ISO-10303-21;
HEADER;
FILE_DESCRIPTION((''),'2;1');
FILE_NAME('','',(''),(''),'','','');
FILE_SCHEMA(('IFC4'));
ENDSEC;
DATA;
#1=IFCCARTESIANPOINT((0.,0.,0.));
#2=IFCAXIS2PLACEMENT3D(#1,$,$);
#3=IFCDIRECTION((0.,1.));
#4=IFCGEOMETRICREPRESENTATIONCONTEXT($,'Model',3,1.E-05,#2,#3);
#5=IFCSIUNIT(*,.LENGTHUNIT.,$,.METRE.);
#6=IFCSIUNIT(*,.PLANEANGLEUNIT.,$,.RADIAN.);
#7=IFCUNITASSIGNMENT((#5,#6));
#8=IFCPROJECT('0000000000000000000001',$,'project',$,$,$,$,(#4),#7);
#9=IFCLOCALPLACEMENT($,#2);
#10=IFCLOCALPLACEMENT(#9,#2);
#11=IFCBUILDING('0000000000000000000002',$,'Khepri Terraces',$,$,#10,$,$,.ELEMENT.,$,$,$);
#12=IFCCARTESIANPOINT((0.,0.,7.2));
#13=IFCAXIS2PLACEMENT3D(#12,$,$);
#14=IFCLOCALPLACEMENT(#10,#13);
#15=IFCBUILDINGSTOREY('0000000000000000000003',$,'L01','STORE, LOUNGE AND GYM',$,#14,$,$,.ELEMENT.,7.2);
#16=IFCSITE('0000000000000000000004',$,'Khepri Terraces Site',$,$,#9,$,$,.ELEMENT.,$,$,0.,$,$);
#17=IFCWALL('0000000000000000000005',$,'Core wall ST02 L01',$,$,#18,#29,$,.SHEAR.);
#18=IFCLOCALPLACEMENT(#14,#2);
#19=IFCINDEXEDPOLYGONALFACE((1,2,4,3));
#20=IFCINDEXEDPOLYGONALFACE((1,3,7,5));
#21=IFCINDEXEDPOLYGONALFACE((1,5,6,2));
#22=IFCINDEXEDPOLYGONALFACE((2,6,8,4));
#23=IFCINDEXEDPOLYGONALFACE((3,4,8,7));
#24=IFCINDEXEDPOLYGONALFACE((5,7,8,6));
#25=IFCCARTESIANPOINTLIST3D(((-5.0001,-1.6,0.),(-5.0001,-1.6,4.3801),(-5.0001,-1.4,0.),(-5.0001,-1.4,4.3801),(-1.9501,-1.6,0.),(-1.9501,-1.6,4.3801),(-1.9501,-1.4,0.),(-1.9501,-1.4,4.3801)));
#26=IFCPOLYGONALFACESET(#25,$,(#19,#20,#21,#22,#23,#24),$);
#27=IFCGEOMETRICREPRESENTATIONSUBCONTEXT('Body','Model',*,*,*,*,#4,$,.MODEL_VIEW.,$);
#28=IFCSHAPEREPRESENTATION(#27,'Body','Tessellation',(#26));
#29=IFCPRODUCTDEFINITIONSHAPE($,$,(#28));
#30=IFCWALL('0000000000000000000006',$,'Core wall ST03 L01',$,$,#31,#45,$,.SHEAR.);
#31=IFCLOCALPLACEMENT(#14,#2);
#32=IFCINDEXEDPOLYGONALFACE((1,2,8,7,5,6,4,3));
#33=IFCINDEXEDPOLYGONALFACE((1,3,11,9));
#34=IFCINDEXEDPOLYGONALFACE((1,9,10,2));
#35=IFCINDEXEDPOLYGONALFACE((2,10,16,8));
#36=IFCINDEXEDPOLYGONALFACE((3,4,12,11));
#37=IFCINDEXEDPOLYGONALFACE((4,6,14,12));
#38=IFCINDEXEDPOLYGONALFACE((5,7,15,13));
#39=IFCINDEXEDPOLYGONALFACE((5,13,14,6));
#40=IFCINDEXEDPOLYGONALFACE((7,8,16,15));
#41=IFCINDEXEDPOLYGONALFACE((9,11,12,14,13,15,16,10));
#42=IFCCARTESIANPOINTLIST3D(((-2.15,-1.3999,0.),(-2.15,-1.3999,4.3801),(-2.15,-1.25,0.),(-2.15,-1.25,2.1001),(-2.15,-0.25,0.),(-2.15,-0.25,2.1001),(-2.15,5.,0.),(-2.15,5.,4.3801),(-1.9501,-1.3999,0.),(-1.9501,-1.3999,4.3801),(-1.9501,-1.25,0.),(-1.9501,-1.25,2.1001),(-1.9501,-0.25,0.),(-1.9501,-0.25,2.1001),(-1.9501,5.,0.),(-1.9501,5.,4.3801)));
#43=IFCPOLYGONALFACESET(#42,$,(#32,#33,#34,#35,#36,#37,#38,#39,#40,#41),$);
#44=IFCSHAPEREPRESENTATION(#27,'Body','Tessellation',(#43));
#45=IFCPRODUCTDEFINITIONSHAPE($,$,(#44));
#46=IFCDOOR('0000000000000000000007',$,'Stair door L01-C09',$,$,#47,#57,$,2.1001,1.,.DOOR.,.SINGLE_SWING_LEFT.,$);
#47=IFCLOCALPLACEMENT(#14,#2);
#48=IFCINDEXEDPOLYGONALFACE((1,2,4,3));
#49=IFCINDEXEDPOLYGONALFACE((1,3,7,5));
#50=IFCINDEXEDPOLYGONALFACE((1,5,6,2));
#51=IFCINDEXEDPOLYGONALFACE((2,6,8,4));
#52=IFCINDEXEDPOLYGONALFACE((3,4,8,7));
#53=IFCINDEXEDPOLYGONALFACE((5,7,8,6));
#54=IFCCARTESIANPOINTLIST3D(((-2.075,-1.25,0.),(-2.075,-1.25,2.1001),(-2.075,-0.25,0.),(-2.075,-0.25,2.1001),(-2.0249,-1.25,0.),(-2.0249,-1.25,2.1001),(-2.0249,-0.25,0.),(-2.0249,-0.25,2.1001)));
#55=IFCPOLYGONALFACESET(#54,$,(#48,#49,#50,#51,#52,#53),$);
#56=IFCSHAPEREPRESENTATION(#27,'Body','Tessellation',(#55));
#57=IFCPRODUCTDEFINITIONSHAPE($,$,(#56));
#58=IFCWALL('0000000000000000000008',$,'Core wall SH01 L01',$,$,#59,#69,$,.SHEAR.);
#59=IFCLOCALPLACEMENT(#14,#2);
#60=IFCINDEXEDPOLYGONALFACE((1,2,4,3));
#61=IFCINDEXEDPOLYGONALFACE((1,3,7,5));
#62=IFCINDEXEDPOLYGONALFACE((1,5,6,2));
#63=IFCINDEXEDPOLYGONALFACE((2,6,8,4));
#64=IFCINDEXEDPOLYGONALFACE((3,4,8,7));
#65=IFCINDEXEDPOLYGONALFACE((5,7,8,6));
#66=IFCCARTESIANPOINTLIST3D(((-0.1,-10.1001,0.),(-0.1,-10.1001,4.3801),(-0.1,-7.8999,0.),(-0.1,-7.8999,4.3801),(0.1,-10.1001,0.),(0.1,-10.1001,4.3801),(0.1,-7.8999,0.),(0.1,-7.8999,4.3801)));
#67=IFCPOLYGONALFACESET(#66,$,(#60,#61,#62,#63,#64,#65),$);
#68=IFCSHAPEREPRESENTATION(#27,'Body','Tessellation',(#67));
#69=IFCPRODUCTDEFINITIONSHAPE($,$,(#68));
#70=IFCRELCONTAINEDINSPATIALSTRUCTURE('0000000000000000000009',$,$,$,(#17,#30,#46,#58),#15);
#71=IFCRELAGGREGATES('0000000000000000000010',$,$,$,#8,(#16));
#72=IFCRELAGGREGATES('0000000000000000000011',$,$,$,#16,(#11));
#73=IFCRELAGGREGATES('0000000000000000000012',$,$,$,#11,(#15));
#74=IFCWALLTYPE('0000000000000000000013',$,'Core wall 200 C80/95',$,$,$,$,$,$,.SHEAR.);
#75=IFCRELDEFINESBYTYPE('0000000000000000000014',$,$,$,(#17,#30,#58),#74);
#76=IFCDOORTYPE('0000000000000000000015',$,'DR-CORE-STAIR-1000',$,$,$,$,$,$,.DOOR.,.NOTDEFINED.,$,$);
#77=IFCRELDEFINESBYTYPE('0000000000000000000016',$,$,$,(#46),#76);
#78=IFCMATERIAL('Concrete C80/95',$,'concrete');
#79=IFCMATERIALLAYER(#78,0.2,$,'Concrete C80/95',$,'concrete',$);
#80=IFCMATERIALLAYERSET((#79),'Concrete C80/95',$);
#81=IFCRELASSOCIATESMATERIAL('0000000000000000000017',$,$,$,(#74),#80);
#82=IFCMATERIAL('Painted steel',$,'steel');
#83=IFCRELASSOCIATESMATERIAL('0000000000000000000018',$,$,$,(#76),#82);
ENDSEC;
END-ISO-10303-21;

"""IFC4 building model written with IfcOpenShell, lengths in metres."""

from ifc_helpers import new_model, si_unit, direction, frame, frame_2d, origin, place, context, subcontext, project, spatial, rectangle, extrude, material, layer, layer_set, type_object, element, fill, save


model = new_model("IFC4")

# Units and contexts
model_context = context("Model", 3, precision=1e-05, world=origin(), true_north=direction((0.0, 1.0)))
body_context = subcontext(model_context, "Body", "Model", "MODEL_VIEW")
ifc_project = project(units=[si_unit("LENGTHUNIT", "METRE"), si_unit("PLANEANGLEUNIT", "RADIAN")], contexts=[model_context])

# Site, building, storey
site_placement = place(None, origin())
site = spatial("IfcSite", under=ifc_project, at=site_placement, Name="Khepri Terraces Site", CompositionType="ELEMENT", RefElevation=0.0)
building_placement = place(site_placement, origin())
building = spatial("IfcBuilding", under=site, at=building_placement, Name="Khepri Terraces", CompositionType="ELEMENT")
storey_placement = place(building_placement, frame((0.0, 0.0, 7.2)))
storey = spatial("IfcBuildingStorey", under=building, at=storey_placement, Name="L01", Description="STORE, LOUNGE AND GYM", CompositionType="ELEMENT", Elevation=7.2)

# Wall
ifc_material_1 = material(Name="Concrete C80/95", Category="concrete")
ifc_layer_1 = layer(ifc_material_1, 0.2, Name="Concrete C80/95", Category="concrete")
ifc_layer_set_1 = layer_set([ifc_layer_1], Name="Concrete C80/95")
wall_type_1 = type_object("IfcWallType", Name="Core wall 200 C80/95", PredefinedType="SHEAR", material=ifc_layer_set_1)
wall_1_placement = place(storey_placement, frame((-5.0, -1.5, 0.0), z_axis=(0.0, 0.0, 1.0), x_axis=(1.0, 0.0, 0.0)))
element("IfcWall", 1, at=wall_1_placement, inside=storey, type_object=wall_type_1, Name="Core wall ST02 L01", PredefinedType="SHEAR", context=body_context, shape_type="SweptSolid", body=[
    extrude(rectangle(XDim=3.05, YDim=0.2, at=frame_2d((1.5249, 0.0))), origin(), (0.0, 0.0, 1.0), 4.3801),
])

# Wall, opening, door
wall_2_placement = place(storey_placement, frame((-2.05, -1.3999, 0.0), z_axis=(0.0, 0.0, 1.0), x_axis=(0.0, 1.0, 0.0)))
wall_2 = element("IfcWall", 2, at=wall_2_placement, inside=storey, type_object=wall_type_1, Name="Core wall ST03 L01", PredefinedType="SHEAR", context=body_context, shape_type="SweptSolid", body=[
    extrude(rectangle(XDim=6.3999, YDim=0.2, at=frame_2d((3.2, 0.0))), origin(), (0.0, 0.0, 1.0), 4.3801),
])
opening_1_placement = place(wall_2_placement, frame((0.1499, 0.0, 0.0)))
opening_1 = element("IfcOpeningElement", 3, at=opening_1_placement, cuts=wall_2, PredefinedType="OPENING", context=body_context, shape_type="SweptSolid", body=[
    extrude(rectangle(XDim=1.0, YDim=2.1001, at=frame_2d((0.5, 1.05))), frame((0.0, 0.1099, 0.0), z_axis=(0.0, -1.0, 0.0), x_axis=(1.0, 0.0, 0.0)), (0.0, 0.0, 1.0), 0.22),
])
ifc_material_2 = material(Name="Painted steel", Category="steel")
door_type_1 = type_object("IfcDoorType", Name="DR-CORE-STAIR-1000", OperationType="NOTDEFINED", PredefinedType="DOOR", material=ifc_material_2)
door_1_placement = place(opening_1_placement, origin())
door_1 = element("IfcDoor", 4, at=door_1_placement, inside=storey, type_object=door_type_1, Name="Stair door L01-C09", OperationType="SINGLE_SWING_LEFT", OverallHeight=2.1001, OverallWidth=1.0, PredefinedType="DOOR", context=body_context, shape_type="SweptSolid", body=[
    extrude(rectangle(XDim=1.0, YDim=2.1001, at=frame_2d((0.5, 1.05))), frame((0.0, 0.0249, 0.0), z_axis=(0.0, -1.0, 0.0), x_axis=(1.0, 0.0, 0.0)), (0.0, 0.0, 1.0), 0.05),
])
fill(opening_1, door_1)

# Wall
wall_3_placement = place(storey_placement, frame((0.0, -10.1001, 0.0), z_axis=(0.0, 0.0, 1.0), x_axis=(0.0, 1.0, 0.0)))
element("IfcWall", 5, at=wall_3_placement, inside=storey, type_object=wall_type_1, Name="Core wall SH01 L01", PredefinedType="SHEAR", context=body_context, shape_type="SweptSolid", body=[
    extrude(rectangle(XDim=2.2002, YDim=0.2, at=frame_2d((1.1001, 0.0))), origin(), (0.0, 0.0, 1.0), 4.3801),
])

save(model, "model.ifc")
